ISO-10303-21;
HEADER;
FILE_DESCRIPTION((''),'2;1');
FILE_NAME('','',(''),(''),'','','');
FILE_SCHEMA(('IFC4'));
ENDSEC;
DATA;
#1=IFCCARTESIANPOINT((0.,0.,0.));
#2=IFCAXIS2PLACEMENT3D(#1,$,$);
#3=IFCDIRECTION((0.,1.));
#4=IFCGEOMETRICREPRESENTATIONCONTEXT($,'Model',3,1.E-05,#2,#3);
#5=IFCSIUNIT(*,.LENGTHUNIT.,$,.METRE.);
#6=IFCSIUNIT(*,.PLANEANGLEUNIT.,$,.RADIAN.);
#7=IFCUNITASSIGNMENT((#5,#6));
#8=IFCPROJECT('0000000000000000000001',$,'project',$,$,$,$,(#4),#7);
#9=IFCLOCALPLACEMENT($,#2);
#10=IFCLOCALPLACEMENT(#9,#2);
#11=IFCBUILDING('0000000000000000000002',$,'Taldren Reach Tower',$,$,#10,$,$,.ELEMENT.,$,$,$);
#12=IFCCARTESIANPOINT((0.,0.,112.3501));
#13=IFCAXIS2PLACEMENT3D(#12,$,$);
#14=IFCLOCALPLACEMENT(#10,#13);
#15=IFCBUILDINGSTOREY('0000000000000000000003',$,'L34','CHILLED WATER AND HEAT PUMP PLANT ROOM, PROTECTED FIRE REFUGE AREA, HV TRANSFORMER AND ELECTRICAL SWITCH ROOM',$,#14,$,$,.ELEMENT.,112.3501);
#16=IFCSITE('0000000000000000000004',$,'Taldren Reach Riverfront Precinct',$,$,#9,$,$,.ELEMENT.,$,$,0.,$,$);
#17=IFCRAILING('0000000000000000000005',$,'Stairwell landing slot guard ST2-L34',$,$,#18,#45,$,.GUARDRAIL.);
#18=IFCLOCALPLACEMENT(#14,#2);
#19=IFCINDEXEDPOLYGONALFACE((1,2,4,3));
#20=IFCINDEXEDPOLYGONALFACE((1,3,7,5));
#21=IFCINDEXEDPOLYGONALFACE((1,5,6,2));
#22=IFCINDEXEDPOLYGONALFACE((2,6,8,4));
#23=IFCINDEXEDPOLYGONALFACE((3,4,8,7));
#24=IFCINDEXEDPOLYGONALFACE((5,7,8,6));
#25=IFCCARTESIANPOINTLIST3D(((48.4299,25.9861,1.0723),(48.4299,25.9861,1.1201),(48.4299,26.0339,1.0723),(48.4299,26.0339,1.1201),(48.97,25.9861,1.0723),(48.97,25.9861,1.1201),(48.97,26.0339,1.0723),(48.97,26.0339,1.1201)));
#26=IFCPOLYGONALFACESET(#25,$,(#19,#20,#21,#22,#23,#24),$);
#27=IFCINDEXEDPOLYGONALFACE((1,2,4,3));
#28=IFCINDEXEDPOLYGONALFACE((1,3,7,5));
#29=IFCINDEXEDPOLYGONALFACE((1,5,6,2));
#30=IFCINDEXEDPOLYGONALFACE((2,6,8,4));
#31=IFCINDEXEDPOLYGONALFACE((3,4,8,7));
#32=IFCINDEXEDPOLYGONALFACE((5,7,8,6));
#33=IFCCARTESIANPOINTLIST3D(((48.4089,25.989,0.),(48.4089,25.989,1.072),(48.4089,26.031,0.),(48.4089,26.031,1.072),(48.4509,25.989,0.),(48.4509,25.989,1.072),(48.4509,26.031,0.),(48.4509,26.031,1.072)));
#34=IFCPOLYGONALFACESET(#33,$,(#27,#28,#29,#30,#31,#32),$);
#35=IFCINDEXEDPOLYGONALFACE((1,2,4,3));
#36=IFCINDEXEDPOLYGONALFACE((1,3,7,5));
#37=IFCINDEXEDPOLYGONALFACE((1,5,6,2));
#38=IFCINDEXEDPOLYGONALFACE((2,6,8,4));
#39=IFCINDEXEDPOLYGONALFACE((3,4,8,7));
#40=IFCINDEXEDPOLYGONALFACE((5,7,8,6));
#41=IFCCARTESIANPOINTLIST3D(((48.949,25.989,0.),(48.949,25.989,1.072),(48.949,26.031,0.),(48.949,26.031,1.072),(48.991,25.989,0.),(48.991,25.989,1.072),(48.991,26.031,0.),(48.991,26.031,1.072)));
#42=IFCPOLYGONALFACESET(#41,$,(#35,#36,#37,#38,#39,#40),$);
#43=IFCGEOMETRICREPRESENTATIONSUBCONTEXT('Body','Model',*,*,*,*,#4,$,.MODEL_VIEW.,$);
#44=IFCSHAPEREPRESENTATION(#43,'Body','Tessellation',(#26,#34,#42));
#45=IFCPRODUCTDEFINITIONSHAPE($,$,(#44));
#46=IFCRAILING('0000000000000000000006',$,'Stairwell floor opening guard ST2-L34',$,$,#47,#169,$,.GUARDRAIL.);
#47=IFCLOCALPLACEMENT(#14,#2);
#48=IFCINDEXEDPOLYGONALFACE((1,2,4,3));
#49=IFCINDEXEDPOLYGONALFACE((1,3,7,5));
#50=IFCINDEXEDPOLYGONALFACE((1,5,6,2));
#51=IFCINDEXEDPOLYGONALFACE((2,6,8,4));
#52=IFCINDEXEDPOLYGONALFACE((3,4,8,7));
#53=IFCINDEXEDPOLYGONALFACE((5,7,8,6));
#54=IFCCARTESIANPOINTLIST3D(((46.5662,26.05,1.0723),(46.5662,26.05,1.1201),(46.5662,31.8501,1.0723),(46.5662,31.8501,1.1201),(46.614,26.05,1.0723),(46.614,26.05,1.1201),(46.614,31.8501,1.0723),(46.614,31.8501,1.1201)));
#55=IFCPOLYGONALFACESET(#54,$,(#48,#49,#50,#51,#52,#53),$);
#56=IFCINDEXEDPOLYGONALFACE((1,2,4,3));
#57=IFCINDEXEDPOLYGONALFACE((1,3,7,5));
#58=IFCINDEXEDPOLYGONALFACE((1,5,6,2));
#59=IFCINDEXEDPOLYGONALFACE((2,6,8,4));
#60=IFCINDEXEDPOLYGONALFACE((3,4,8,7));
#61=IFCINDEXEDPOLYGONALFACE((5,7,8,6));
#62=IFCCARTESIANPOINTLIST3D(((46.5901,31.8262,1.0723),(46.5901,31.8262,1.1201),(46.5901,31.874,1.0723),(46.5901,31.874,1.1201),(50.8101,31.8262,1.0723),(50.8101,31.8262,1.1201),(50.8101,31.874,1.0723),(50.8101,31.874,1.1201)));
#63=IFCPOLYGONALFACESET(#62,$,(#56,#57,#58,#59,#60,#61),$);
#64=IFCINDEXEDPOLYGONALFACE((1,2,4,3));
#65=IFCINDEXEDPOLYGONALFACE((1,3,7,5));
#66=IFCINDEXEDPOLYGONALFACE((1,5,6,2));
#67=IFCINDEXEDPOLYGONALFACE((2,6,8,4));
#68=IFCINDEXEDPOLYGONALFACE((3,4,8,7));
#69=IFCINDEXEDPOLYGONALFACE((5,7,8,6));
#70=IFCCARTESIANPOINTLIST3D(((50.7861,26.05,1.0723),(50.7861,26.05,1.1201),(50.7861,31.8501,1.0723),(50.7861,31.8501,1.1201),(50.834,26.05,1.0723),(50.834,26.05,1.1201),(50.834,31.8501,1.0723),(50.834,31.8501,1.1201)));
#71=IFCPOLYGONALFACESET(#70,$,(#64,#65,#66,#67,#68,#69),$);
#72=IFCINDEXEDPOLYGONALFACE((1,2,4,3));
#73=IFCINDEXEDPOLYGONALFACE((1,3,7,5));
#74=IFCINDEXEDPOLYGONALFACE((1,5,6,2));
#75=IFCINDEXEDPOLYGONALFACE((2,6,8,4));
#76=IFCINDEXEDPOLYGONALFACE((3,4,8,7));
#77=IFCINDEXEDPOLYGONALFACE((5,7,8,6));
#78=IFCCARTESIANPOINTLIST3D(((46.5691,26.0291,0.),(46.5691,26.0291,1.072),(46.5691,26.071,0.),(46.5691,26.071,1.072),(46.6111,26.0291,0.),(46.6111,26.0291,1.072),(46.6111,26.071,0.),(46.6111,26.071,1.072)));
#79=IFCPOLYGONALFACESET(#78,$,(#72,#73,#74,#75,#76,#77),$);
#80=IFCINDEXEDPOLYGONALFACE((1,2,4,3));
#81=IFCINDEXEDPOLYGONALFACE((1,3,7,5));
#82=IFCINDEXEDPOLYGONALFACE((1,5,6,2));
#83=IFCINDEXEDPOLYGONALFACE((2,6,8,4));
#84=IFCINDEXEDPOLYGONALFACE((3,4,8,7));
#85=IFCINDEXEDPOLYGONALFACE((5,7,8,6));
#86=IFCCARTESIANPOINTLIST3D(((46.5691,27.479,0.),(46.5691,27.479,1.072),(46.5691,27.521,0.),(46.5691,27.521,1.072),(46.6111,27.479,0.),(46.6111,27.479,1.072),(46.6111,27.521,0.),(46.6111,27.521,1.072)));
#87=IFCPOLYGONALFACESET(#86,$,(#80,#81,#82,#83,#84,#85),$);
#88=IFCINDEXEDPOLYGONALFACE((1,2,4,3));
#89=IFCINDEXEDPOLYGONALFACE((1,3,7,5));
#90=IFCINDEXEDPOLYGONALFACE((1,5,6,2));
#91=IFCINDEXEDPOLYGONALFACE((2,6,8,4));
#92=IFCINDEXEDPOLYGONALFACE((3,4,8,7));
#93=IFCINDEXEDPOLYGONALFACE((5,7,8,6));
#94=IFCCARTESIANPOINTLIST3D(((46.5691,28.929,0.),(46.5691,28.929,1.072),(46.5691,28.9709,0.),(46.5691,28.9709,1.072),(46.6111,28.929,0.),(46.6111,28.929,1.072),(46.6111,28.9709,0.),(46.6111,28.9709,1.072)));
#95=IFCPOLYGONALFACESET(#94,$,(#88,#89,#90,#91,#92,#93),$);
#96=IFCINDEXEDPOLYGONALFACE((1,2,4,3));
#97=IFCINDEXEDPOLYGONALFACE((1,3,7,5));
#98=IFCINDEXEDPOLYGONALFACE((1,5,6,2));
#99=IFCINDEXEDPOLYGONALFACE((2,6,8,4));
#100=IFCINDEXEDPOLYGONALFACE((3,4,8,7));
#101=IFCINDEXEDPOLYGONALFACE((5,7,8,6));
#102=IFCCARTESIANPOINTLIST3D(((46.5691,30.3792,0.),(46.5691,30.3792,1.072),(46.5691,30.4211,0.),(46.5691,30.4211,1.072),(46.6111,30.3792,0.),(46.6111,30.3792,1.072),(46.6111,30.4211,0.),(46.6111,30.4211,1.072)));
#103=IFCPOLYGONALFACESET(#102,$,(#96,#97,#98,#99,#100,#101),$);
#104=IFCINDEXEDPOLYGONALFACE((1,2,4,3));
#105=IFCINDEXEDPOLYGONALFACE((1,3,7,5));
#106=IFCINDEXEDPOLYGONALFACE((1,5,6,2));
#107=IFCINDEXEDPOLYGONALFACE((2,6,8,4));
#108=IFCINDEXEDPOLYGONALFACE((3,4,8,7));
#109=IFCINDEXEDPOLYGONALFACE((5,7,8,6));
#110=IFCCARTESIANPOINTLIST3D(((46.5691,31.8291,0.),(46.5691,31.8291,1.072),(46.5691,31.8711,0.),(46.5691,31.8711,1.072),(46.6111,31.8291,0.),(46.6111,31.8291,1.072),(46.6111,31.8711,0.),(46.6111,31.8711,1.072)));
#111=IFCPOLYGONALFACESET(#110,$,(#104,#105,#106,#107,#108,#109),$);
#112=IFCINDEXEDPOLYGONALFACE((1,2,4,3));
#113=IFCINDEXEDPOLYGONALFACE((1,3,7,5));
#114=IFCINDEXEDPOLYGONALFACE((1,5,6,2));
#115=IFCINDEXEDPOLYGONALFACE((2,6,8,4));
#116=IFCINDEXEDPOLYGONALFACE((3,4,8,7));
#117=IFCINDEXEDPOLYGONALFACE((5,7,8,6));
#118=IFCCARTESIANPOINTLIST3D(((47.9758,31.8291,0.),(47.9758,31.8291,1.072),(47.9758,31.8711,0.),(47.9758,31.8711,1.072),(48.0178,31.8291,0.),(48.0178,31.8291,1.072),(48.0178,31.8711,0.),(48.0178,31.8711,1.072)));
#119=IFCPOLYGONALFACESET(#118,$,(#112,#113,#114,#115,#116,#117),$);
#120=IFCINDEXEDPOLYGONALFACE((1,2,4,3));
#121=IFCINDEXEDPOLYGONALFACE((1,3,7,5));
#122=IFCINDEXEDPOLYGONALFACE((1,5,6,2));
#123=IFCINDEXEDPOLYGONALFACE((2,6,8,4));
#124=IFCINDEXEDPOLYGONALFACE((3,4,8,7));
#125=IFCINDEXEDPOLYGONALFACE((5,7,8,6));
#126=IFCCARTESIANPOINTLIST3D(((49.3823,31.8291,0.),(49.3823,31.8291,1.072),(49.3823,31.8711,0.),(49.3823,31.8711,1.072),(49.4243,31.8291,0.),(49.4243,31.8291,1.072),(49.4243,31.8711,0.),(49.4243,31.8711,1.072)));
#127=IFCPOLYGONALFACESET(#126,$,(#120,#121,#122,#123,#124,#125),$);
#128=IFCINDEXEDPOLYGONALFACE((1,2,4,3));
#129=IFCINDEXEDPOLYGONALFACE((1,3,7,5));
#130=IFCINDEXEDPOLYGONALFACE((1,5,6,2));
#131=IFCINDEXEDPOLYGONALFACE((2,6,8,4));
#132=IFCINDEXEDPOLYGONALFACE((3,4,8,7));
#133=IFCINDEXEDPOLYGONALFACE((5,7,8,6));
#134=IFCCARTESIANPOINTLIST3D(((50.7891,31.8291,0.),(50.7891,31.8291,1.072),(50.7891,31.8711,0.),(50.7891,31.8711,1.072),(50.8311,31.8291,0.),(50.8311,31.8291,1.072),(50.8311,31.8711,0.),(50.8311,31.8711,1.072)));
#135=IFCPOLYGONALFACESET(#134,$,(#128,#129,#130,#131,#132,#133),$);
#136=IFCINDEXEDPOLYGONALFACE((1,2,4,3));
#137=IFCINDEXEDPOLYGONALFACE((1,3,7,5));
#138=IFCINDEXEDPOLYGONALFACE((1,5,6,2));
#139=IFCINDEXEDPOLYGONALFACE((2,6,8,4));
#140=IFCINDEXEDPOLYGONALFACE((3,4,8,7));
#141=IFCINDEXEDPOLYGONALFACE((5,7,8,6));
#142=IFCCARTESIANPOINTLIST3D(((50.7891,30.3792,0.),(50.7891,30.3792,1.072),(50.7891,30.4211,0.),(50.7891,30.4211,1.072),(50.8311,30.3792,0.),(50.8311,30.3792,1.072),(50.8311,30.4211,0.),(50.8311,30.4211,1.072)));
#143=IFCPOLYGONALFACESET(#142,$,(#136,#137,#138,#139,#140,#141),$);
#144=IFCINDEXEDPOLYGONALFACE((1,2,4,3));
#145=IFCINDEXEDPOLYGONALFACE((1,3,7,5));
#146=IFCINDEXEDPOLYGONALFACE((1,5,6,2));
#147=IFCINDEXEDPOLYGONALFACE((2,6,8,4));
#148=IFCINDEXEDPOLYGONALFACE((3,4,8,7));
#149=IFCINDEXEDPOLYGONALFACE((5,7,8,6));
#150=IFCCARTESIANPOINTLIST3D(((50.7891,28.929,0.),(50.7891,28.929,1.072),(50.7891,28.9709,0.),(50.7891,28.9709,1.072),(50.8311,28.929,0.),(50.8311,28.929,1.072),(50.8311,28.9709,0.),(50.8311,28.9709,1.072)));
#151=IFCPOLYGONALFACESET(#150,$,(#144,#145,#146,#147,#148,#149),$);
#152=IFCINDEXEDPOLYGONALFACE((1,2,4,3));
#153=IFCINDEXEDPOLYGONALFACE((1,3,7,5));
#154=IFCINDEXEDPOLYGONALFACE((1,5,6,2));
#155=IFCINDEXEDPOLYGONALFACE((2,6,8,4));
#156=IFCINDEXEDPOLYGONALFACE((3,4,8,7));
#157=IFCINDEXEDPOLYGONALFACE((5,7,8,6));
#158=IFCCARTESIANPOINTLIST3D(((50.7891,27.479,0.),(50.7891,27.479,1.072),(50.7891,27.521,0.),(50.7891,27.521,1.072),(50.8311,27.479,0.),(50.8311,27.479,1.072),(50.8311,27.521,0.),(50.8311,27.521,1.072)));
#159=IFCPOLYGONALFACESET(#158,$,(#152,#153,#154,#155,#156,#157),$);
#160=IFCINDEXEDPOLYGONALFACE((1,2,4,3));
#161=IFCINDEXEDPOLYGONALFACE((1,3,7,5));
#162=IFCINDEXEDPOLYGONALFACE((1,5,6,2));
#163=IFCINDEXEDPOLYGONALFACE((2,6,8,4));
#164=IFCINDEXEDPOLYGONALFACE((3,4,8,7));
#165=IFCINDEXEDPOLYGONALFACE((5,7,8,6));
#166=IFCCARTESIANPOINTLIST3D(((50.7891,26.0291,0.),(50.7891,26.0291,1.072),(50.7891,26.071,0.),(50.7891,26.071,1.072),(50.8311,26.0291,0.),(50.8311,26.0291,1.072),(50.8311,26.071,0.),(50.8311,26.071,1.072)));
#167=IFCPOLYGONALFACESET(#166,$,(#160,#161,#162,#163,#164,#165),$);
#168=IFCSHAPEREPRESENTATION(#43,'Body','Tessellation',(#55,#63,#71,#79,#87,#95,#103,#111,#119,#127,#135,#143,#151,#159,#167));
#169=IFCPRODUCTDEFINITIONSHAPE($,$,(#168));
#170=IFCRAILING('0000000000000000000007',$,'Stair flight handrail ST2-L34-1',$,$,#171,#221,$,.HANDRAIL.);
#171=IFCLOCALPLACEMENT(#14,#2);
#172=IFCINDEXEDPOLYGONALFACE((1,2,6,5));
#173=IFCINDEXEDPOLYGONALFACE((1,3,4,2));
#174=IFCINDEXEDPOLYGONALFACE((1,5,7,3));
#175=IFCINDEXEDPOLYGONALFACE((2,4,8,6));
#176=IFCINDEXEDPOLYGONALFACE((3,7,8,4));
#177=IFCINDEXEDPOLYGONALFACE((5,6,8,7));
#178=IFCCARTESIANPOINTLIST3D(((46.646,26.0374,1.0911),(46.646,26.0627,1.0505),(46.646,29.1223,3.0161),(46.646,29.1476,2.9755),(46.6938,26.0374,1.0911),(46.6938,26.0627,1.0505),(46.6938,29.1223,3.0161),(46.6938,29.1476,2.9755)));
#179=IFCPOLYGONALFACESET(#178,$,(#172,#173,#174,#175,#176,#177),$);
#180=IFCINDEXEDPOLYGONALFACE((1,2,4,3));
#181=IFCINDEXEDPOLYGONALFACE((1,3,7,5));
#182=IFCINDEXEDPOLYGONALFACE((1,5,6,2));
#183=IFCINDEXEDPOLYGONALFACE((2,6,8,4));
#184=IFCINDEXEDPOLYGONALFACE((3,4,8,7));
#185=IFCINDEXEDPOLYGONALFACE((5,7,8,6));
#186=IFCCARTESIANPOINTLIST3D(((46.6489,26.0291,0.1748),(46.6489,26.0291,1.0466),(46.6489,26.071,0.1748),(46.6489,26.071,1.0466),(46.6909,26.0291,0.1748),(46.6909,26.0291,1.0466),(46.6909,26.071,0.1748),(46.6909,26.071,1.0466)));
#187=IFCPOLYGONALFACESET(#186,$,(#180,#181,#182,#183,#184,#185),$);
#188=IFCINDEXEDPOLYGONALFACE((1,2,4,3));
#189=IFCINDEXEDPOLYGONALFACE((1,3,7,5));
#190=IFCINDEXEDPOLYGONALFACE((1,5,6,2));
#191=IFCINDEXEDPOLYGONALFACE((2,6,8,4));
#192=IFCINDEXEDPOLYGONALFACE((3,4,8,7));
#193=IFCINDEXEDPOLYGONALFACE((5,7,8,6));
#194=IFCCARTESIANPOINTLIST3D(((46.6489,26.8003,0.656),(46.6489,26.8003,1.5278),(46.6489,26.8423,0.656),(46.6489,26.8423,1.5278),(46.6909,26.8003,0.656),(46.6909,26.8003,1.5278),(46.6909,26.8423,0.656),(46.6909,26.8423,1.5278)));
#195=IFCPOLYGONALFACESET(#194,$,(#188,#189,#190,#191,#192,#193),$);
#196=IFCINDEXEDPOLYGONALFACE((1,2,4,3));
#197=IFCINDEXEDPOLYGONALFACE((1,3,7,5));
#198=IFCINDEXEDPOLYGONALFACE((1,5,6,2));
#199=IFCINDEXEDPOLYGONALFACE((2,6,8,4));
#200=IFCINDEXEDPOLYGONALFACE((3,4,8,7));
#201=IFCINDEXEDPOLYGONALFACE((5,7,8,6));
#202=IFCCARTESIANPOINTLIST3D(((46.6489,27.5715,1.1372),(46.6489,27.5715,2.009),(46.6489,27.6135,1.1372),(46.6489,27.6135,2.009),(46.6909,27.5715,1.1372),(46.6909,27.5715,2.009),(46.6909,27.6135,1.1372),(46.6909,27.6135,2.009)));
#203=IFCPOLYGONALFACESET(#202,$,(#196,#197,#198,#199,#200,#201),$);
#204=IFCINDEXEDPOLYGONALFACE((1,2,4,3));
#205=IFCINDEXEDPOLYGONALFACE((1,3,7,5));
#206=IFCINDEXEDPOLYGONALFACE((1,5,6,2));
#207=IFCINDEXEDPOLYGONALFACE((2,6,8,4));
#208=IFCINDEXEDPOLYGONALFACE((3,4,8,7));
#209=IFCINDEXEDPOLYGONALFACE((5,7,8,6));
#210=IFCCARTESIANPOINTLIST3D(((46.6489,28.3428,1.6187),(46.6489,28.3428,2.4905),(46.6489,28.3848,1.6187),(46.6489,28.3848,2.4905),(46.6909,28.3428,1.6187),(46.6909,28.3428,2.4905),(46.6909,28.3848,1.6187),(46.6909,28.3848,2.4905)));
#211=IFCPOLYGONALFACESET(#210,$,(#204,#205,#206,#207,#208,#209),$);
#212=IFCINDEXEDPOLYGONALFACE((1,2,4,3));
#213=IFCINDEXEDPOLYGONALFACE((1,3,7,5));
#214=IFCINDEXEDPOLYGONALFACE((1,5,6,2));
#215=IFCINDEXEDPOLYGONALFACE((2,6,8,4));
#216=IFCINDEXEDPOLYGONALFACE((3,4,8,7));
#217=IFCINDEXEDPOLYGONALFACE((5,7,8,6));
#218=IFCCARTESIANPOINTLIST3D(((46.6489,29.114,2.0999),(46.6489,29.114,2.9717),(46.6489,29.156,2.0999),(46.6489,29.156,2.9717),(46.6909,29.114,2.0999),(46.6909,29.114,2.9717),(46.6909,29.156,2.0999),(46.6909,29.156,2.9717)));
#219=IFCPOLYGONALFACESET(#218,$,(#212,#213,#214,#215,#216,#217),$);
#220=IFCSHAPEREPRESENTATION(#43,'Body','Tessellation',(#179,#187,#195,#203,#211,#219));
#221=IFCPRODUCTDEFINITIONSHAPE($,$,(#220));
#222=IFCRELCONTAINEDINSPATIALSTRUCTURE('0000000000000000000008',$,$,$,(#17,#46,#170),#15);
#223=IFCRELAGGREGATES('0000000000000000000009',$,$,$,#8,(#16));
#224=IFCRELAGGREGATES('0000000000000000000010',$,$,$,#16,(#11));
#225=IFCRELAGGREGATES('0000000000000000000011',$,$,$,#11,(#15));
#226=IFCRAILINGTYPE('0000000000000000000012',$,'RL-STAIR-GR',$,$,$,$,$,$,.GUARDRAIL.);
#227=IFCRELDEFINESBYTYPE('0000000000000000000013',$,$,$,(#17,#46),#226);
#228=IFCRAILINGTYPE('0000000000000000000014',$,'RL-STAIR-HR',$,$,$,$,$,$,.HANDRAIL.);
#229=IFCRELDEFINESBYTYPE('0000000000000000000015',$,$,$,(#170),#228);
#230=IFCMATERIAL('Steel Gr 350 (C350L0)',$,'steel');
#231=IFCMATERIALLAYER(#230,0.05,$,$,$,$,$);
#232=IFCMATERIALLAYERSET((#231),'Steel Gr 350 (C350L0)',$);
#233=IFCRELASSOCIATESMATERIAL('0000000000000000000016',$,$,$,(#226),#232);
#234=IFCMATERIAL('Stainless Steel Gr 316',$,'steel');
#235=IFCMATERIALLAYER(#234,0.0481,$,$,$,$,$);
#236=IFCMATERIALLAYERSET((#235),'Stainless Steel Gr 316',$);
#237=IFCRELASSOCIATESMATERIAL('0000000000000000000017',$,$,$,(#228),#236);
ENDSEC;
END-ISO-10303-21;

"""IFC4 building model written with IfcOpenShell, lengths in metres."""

from ifc_helpers import new_model, si_unit, direction, frame, origin, origin_2d, place, context, subcontext, project, spatial, rectangle, extrude, material, layer, layer_set, type_object, element, save


model = new_model("IFC4")

# Units and contexts
model_context = context("Model", 3, precision=1e-05, world=origin(), true_north=direction((0.0, 1.0)))
body_context = subcontext(model_context, "Body", "Model", "MODEL_VIEW")
ifc_project = project(units=[si_unit("LENGTHUNIT", "METRE"), si_unit("PLANEANGLEUNIT", "RADIAN")], contexts=[model_context])

# Site, building, storey
site_placement = place(None, origin())
site = spatial("IfcSite", under=ifc_project, at=site_placement, Name="Taldren Reach Riverfront Precinct", CompositionType="ELEMENT", RefElevation=0.0)
building_placement = place(site_placement, origin())
building = spatial("IfcBuilding", under=site, at=building_placement, Name="Taldren Reach Tower", CompositionType="ELEMENT")
storey_placement = place(building_placement, frame((0.0, 0.0, 112.3501)))
storey = spatial("IfcBuildingStorey", under=building, at=storey_placement, Name="L34", Description="CHILLED WATER AND HEAT PUMP PLANT ROOM, PROTECTED FIRE REFUGE AREA, HV TRANSFORMER AND ELECTRICAL SWITCH ROOM", CompositionType="ELEMENT", Elevation=112.3501)

# Shared definitions
ifc_material_1 = material(Name="Steel Gr 350 (C350L0)", Category="steel")

# Railings
ifc_layer_1 = layer(ifc_material_1, 0.05)
ifc_layer_set_1 = layer_set([ifc_layer_1], Name="Steel Gr 350 (C350L0)")
railing_type_1 = type_object("IfcRailingType", Name="RL-STAIR-GR", PredefinedType="GUARDRAIL", material=ifc_layer_set_1)
railing_1_placement = place(storey_placement, frame((48.4299, 26.01, 0.0)))
element("IfcRailing", 1, at=railing_1_placement, inside=storey, type_object=railing_type_1, Name="Stairwell landing slot guard ST2-L34", PredefinedType="GUARDRAIL", context=body_context, shape_type="SweptSolid", body=[
    extrude(rectangle(XDim=0.0479, YDim=0.0479, at=origin_2d()), frame((0.0, 0.0, 1.0962), z_axis=(1.0, 0.0, 0.0), x_axis=(0.0, 1.0, 0.0)), (0.0, 0.0, 1.0), 0.54),
    extrude(rectangle(XDim=0.042, YDim=0.042, at=origin_2d()), origin(), (0.0, 0.0, 1.0), 1.072),
    extrude(rectangle(XDim=0.042, YDim=0.042, at=origin_2d()), frame((0.54, 0.0, 0.0)), (0.0, 0.0, 1.0), 1.072),
])
railing_2_placement = place(storey_placement, frame((46.5901, 26.05, 0.0)))
element("IfcRailing", 2, at=railing_2_placement, inside=storey, type_object=railing_type_1, Name="Stairwell floor opening guard ST2-L34", PredefinedType="GUARDRAIL", context=body_context, shape_type="SweptSolid", body=[
    extrude(rectangle(XDim=0.0479, YDim=0.0479, at=origin_2d()), frame((0.0, 0.0, 1.0962), z_axis=(0.0, 1.0, 0.0), x_axis=(-1.0, 0.0, 0.0)), (0.0, 0.0, 1.0), 5.8),
    extrude(rectangle(XDim=0.0479, YDim=0.0479, at=origin_2d()), frame((0.0, 5.8, 1.0962), z_axis=(1.0, 0.0, 0.0), x_axis=(0.0, 1.0, 0.0)), (0.0, 0.0, 1.0), 4.22),
    extrude(rectangle(XDim=0.0479, YDim=0.0479, at=origin_2d()), frame((4.22, 5.8, 1.0962), z_axis=(0.0, -1.0, 0.0), x_axis=(1.0, 0.0, 0.0)), (0.0, 0.0, 1.0), 5.8),
    extrude(rectangle(XDim=0.042, YDim=0.042, at=origin_2d()), origin(), (0.0, 0.0, 1.0), 1.072),
    extrude(rectangle(XDim=0.042, YDim=0.042, at=origin_2d()), frame((0.0, 1.45, 0.0)), (0.0, 0.0, 1.0), 1.072),
    extrude(rectangle(XDim=0.042, YDim=0.042, at=origin_2d()), frame((0.0, 2.8999, 0.0)), (0.0, 0.0, 1.0), 1.072),
    extrude(rectangle(XDim=0.042, YDim=0.042, at=origin_2d()), frame((0.0, 4.3501, 0.0)), (0.0, 0.0, 1.0), 1.072),
    extrude(rectangle(XDim=0.042, YDim=0.042, at=origin_2d()), frame((0.0, 5.8, 0.0)), (0.0, 0.0, 1.0), 1.072),
    extrude(rectangle(XDim=0.042, YDim=0.042, at=origin_2d()), frame((1.4067, 5.8, 0.0)), (0.0, 0.0, 1.0), 1.072),
    extrude(rectangle(XDim=0.042, YDim=0.042, at=origin_2d()), frame((2.8132, 5.8, 0.0)), (0.0, 0.0, 1.0), 1.072),
    extrude(rectangle(XDim=0.042, YDim=0.042, at=origin_2d()), frame((4.22, 5.8, 0.0)), (0.0, 0.0, 1.0), 1.072),
    extrude(rectangle(XDim=0.042, YDim=0.042, at=origin_2d()), frame((4.22, 4.3501, 0.0)), (0.0, 0.0, 1.0), 1.072),
    extrude(rectangle(XDim=0.042, YDim=0.042, at=origin_2d()), frame((4.22, 2.8999, 0.0)), (0.0, 0.0, 1.0), 1.072),
    extrude(rectangle(XDim=0.042, YDim=0.042, at=origin_2d()), frame((4.22, 1.45, 0.0)), (0.0, 0.0, 1.0), 1.072),
    extrude(rectangle(XDim=0.042, YDim=0.042, at=origin_2d()), frame((4.22, 0.0, 0.0)), (0.0, 0.0, 1.0), 1.072),
])
ifc_material_2 = material(Name="Stainless Steel Gr 316", Category="steel")
ifc_layer_2 = layer(ifc_material_2, 0.0481)
ifc_layer_set_2 = layer_set([ifc_layer_2], Name="Stainless Steel Gr 316")
railing_type_2 = type_object("IfcRailingType", Name="RL-STAIR-HR", PredefinedType="HANDRAIL", material=ifc_layer_set_2)
railing_3_placement = place(storey_placement, frame((46.6699, 26.05, 0.1748)))
element("IfcRailing", 3, at=railing_3_placement, inside=storey, type_object=railing_type_2, Name="Stair flight handrail ST2-L34-1", PredefinedType="HANDRAIL", context=body_context, shape_type="SweptSolid", body=[
    extrude(rectangle(XDim=0.0479, YDim=0.0479, at=origin_2d()), frame((0.0, 0.0, 0.896), z_axis=(0.0, 0.848375, 0.529395), x_axis=(-1.0, 0.0, 0.0)), (0.0, 0.0, 1.0), 3.6362),
    extrude(rectangle(XDim=0.042, YDim=0.042, at=origin_2d()), origin(), (0.0, 0.0, 1.0), 0.8718),
    extrude(rectangle(XDim=0.042, YDim=0.042, at=origin_2d()), frame((0.0, 0.7712, 0.4812)), (0.0, 0.0, 1.0), 0.8718),
    extrude(rectangle(XDim=0.042, YDim=0.042, at=origin_2d()), frame((0.0, 1.5425, 0.9624)), (0.0, 0.0, 1.0), 0.8718),
    extrude(rectangle(XDim=0.042, YDim=0.042, at=origin_2d()), frame((0.0, 2.3137, 1.4438)), (0.0, 0.0, 1.0), 0.8718),
    extrude(rectangle(XDim=0.042, YDim=0.042, at=origin_2d()), frame((0.0, 3.085, 1.925)), (0.0, 0.0, 1.0), 0.8718),
])

save(model, "model.ifc")
